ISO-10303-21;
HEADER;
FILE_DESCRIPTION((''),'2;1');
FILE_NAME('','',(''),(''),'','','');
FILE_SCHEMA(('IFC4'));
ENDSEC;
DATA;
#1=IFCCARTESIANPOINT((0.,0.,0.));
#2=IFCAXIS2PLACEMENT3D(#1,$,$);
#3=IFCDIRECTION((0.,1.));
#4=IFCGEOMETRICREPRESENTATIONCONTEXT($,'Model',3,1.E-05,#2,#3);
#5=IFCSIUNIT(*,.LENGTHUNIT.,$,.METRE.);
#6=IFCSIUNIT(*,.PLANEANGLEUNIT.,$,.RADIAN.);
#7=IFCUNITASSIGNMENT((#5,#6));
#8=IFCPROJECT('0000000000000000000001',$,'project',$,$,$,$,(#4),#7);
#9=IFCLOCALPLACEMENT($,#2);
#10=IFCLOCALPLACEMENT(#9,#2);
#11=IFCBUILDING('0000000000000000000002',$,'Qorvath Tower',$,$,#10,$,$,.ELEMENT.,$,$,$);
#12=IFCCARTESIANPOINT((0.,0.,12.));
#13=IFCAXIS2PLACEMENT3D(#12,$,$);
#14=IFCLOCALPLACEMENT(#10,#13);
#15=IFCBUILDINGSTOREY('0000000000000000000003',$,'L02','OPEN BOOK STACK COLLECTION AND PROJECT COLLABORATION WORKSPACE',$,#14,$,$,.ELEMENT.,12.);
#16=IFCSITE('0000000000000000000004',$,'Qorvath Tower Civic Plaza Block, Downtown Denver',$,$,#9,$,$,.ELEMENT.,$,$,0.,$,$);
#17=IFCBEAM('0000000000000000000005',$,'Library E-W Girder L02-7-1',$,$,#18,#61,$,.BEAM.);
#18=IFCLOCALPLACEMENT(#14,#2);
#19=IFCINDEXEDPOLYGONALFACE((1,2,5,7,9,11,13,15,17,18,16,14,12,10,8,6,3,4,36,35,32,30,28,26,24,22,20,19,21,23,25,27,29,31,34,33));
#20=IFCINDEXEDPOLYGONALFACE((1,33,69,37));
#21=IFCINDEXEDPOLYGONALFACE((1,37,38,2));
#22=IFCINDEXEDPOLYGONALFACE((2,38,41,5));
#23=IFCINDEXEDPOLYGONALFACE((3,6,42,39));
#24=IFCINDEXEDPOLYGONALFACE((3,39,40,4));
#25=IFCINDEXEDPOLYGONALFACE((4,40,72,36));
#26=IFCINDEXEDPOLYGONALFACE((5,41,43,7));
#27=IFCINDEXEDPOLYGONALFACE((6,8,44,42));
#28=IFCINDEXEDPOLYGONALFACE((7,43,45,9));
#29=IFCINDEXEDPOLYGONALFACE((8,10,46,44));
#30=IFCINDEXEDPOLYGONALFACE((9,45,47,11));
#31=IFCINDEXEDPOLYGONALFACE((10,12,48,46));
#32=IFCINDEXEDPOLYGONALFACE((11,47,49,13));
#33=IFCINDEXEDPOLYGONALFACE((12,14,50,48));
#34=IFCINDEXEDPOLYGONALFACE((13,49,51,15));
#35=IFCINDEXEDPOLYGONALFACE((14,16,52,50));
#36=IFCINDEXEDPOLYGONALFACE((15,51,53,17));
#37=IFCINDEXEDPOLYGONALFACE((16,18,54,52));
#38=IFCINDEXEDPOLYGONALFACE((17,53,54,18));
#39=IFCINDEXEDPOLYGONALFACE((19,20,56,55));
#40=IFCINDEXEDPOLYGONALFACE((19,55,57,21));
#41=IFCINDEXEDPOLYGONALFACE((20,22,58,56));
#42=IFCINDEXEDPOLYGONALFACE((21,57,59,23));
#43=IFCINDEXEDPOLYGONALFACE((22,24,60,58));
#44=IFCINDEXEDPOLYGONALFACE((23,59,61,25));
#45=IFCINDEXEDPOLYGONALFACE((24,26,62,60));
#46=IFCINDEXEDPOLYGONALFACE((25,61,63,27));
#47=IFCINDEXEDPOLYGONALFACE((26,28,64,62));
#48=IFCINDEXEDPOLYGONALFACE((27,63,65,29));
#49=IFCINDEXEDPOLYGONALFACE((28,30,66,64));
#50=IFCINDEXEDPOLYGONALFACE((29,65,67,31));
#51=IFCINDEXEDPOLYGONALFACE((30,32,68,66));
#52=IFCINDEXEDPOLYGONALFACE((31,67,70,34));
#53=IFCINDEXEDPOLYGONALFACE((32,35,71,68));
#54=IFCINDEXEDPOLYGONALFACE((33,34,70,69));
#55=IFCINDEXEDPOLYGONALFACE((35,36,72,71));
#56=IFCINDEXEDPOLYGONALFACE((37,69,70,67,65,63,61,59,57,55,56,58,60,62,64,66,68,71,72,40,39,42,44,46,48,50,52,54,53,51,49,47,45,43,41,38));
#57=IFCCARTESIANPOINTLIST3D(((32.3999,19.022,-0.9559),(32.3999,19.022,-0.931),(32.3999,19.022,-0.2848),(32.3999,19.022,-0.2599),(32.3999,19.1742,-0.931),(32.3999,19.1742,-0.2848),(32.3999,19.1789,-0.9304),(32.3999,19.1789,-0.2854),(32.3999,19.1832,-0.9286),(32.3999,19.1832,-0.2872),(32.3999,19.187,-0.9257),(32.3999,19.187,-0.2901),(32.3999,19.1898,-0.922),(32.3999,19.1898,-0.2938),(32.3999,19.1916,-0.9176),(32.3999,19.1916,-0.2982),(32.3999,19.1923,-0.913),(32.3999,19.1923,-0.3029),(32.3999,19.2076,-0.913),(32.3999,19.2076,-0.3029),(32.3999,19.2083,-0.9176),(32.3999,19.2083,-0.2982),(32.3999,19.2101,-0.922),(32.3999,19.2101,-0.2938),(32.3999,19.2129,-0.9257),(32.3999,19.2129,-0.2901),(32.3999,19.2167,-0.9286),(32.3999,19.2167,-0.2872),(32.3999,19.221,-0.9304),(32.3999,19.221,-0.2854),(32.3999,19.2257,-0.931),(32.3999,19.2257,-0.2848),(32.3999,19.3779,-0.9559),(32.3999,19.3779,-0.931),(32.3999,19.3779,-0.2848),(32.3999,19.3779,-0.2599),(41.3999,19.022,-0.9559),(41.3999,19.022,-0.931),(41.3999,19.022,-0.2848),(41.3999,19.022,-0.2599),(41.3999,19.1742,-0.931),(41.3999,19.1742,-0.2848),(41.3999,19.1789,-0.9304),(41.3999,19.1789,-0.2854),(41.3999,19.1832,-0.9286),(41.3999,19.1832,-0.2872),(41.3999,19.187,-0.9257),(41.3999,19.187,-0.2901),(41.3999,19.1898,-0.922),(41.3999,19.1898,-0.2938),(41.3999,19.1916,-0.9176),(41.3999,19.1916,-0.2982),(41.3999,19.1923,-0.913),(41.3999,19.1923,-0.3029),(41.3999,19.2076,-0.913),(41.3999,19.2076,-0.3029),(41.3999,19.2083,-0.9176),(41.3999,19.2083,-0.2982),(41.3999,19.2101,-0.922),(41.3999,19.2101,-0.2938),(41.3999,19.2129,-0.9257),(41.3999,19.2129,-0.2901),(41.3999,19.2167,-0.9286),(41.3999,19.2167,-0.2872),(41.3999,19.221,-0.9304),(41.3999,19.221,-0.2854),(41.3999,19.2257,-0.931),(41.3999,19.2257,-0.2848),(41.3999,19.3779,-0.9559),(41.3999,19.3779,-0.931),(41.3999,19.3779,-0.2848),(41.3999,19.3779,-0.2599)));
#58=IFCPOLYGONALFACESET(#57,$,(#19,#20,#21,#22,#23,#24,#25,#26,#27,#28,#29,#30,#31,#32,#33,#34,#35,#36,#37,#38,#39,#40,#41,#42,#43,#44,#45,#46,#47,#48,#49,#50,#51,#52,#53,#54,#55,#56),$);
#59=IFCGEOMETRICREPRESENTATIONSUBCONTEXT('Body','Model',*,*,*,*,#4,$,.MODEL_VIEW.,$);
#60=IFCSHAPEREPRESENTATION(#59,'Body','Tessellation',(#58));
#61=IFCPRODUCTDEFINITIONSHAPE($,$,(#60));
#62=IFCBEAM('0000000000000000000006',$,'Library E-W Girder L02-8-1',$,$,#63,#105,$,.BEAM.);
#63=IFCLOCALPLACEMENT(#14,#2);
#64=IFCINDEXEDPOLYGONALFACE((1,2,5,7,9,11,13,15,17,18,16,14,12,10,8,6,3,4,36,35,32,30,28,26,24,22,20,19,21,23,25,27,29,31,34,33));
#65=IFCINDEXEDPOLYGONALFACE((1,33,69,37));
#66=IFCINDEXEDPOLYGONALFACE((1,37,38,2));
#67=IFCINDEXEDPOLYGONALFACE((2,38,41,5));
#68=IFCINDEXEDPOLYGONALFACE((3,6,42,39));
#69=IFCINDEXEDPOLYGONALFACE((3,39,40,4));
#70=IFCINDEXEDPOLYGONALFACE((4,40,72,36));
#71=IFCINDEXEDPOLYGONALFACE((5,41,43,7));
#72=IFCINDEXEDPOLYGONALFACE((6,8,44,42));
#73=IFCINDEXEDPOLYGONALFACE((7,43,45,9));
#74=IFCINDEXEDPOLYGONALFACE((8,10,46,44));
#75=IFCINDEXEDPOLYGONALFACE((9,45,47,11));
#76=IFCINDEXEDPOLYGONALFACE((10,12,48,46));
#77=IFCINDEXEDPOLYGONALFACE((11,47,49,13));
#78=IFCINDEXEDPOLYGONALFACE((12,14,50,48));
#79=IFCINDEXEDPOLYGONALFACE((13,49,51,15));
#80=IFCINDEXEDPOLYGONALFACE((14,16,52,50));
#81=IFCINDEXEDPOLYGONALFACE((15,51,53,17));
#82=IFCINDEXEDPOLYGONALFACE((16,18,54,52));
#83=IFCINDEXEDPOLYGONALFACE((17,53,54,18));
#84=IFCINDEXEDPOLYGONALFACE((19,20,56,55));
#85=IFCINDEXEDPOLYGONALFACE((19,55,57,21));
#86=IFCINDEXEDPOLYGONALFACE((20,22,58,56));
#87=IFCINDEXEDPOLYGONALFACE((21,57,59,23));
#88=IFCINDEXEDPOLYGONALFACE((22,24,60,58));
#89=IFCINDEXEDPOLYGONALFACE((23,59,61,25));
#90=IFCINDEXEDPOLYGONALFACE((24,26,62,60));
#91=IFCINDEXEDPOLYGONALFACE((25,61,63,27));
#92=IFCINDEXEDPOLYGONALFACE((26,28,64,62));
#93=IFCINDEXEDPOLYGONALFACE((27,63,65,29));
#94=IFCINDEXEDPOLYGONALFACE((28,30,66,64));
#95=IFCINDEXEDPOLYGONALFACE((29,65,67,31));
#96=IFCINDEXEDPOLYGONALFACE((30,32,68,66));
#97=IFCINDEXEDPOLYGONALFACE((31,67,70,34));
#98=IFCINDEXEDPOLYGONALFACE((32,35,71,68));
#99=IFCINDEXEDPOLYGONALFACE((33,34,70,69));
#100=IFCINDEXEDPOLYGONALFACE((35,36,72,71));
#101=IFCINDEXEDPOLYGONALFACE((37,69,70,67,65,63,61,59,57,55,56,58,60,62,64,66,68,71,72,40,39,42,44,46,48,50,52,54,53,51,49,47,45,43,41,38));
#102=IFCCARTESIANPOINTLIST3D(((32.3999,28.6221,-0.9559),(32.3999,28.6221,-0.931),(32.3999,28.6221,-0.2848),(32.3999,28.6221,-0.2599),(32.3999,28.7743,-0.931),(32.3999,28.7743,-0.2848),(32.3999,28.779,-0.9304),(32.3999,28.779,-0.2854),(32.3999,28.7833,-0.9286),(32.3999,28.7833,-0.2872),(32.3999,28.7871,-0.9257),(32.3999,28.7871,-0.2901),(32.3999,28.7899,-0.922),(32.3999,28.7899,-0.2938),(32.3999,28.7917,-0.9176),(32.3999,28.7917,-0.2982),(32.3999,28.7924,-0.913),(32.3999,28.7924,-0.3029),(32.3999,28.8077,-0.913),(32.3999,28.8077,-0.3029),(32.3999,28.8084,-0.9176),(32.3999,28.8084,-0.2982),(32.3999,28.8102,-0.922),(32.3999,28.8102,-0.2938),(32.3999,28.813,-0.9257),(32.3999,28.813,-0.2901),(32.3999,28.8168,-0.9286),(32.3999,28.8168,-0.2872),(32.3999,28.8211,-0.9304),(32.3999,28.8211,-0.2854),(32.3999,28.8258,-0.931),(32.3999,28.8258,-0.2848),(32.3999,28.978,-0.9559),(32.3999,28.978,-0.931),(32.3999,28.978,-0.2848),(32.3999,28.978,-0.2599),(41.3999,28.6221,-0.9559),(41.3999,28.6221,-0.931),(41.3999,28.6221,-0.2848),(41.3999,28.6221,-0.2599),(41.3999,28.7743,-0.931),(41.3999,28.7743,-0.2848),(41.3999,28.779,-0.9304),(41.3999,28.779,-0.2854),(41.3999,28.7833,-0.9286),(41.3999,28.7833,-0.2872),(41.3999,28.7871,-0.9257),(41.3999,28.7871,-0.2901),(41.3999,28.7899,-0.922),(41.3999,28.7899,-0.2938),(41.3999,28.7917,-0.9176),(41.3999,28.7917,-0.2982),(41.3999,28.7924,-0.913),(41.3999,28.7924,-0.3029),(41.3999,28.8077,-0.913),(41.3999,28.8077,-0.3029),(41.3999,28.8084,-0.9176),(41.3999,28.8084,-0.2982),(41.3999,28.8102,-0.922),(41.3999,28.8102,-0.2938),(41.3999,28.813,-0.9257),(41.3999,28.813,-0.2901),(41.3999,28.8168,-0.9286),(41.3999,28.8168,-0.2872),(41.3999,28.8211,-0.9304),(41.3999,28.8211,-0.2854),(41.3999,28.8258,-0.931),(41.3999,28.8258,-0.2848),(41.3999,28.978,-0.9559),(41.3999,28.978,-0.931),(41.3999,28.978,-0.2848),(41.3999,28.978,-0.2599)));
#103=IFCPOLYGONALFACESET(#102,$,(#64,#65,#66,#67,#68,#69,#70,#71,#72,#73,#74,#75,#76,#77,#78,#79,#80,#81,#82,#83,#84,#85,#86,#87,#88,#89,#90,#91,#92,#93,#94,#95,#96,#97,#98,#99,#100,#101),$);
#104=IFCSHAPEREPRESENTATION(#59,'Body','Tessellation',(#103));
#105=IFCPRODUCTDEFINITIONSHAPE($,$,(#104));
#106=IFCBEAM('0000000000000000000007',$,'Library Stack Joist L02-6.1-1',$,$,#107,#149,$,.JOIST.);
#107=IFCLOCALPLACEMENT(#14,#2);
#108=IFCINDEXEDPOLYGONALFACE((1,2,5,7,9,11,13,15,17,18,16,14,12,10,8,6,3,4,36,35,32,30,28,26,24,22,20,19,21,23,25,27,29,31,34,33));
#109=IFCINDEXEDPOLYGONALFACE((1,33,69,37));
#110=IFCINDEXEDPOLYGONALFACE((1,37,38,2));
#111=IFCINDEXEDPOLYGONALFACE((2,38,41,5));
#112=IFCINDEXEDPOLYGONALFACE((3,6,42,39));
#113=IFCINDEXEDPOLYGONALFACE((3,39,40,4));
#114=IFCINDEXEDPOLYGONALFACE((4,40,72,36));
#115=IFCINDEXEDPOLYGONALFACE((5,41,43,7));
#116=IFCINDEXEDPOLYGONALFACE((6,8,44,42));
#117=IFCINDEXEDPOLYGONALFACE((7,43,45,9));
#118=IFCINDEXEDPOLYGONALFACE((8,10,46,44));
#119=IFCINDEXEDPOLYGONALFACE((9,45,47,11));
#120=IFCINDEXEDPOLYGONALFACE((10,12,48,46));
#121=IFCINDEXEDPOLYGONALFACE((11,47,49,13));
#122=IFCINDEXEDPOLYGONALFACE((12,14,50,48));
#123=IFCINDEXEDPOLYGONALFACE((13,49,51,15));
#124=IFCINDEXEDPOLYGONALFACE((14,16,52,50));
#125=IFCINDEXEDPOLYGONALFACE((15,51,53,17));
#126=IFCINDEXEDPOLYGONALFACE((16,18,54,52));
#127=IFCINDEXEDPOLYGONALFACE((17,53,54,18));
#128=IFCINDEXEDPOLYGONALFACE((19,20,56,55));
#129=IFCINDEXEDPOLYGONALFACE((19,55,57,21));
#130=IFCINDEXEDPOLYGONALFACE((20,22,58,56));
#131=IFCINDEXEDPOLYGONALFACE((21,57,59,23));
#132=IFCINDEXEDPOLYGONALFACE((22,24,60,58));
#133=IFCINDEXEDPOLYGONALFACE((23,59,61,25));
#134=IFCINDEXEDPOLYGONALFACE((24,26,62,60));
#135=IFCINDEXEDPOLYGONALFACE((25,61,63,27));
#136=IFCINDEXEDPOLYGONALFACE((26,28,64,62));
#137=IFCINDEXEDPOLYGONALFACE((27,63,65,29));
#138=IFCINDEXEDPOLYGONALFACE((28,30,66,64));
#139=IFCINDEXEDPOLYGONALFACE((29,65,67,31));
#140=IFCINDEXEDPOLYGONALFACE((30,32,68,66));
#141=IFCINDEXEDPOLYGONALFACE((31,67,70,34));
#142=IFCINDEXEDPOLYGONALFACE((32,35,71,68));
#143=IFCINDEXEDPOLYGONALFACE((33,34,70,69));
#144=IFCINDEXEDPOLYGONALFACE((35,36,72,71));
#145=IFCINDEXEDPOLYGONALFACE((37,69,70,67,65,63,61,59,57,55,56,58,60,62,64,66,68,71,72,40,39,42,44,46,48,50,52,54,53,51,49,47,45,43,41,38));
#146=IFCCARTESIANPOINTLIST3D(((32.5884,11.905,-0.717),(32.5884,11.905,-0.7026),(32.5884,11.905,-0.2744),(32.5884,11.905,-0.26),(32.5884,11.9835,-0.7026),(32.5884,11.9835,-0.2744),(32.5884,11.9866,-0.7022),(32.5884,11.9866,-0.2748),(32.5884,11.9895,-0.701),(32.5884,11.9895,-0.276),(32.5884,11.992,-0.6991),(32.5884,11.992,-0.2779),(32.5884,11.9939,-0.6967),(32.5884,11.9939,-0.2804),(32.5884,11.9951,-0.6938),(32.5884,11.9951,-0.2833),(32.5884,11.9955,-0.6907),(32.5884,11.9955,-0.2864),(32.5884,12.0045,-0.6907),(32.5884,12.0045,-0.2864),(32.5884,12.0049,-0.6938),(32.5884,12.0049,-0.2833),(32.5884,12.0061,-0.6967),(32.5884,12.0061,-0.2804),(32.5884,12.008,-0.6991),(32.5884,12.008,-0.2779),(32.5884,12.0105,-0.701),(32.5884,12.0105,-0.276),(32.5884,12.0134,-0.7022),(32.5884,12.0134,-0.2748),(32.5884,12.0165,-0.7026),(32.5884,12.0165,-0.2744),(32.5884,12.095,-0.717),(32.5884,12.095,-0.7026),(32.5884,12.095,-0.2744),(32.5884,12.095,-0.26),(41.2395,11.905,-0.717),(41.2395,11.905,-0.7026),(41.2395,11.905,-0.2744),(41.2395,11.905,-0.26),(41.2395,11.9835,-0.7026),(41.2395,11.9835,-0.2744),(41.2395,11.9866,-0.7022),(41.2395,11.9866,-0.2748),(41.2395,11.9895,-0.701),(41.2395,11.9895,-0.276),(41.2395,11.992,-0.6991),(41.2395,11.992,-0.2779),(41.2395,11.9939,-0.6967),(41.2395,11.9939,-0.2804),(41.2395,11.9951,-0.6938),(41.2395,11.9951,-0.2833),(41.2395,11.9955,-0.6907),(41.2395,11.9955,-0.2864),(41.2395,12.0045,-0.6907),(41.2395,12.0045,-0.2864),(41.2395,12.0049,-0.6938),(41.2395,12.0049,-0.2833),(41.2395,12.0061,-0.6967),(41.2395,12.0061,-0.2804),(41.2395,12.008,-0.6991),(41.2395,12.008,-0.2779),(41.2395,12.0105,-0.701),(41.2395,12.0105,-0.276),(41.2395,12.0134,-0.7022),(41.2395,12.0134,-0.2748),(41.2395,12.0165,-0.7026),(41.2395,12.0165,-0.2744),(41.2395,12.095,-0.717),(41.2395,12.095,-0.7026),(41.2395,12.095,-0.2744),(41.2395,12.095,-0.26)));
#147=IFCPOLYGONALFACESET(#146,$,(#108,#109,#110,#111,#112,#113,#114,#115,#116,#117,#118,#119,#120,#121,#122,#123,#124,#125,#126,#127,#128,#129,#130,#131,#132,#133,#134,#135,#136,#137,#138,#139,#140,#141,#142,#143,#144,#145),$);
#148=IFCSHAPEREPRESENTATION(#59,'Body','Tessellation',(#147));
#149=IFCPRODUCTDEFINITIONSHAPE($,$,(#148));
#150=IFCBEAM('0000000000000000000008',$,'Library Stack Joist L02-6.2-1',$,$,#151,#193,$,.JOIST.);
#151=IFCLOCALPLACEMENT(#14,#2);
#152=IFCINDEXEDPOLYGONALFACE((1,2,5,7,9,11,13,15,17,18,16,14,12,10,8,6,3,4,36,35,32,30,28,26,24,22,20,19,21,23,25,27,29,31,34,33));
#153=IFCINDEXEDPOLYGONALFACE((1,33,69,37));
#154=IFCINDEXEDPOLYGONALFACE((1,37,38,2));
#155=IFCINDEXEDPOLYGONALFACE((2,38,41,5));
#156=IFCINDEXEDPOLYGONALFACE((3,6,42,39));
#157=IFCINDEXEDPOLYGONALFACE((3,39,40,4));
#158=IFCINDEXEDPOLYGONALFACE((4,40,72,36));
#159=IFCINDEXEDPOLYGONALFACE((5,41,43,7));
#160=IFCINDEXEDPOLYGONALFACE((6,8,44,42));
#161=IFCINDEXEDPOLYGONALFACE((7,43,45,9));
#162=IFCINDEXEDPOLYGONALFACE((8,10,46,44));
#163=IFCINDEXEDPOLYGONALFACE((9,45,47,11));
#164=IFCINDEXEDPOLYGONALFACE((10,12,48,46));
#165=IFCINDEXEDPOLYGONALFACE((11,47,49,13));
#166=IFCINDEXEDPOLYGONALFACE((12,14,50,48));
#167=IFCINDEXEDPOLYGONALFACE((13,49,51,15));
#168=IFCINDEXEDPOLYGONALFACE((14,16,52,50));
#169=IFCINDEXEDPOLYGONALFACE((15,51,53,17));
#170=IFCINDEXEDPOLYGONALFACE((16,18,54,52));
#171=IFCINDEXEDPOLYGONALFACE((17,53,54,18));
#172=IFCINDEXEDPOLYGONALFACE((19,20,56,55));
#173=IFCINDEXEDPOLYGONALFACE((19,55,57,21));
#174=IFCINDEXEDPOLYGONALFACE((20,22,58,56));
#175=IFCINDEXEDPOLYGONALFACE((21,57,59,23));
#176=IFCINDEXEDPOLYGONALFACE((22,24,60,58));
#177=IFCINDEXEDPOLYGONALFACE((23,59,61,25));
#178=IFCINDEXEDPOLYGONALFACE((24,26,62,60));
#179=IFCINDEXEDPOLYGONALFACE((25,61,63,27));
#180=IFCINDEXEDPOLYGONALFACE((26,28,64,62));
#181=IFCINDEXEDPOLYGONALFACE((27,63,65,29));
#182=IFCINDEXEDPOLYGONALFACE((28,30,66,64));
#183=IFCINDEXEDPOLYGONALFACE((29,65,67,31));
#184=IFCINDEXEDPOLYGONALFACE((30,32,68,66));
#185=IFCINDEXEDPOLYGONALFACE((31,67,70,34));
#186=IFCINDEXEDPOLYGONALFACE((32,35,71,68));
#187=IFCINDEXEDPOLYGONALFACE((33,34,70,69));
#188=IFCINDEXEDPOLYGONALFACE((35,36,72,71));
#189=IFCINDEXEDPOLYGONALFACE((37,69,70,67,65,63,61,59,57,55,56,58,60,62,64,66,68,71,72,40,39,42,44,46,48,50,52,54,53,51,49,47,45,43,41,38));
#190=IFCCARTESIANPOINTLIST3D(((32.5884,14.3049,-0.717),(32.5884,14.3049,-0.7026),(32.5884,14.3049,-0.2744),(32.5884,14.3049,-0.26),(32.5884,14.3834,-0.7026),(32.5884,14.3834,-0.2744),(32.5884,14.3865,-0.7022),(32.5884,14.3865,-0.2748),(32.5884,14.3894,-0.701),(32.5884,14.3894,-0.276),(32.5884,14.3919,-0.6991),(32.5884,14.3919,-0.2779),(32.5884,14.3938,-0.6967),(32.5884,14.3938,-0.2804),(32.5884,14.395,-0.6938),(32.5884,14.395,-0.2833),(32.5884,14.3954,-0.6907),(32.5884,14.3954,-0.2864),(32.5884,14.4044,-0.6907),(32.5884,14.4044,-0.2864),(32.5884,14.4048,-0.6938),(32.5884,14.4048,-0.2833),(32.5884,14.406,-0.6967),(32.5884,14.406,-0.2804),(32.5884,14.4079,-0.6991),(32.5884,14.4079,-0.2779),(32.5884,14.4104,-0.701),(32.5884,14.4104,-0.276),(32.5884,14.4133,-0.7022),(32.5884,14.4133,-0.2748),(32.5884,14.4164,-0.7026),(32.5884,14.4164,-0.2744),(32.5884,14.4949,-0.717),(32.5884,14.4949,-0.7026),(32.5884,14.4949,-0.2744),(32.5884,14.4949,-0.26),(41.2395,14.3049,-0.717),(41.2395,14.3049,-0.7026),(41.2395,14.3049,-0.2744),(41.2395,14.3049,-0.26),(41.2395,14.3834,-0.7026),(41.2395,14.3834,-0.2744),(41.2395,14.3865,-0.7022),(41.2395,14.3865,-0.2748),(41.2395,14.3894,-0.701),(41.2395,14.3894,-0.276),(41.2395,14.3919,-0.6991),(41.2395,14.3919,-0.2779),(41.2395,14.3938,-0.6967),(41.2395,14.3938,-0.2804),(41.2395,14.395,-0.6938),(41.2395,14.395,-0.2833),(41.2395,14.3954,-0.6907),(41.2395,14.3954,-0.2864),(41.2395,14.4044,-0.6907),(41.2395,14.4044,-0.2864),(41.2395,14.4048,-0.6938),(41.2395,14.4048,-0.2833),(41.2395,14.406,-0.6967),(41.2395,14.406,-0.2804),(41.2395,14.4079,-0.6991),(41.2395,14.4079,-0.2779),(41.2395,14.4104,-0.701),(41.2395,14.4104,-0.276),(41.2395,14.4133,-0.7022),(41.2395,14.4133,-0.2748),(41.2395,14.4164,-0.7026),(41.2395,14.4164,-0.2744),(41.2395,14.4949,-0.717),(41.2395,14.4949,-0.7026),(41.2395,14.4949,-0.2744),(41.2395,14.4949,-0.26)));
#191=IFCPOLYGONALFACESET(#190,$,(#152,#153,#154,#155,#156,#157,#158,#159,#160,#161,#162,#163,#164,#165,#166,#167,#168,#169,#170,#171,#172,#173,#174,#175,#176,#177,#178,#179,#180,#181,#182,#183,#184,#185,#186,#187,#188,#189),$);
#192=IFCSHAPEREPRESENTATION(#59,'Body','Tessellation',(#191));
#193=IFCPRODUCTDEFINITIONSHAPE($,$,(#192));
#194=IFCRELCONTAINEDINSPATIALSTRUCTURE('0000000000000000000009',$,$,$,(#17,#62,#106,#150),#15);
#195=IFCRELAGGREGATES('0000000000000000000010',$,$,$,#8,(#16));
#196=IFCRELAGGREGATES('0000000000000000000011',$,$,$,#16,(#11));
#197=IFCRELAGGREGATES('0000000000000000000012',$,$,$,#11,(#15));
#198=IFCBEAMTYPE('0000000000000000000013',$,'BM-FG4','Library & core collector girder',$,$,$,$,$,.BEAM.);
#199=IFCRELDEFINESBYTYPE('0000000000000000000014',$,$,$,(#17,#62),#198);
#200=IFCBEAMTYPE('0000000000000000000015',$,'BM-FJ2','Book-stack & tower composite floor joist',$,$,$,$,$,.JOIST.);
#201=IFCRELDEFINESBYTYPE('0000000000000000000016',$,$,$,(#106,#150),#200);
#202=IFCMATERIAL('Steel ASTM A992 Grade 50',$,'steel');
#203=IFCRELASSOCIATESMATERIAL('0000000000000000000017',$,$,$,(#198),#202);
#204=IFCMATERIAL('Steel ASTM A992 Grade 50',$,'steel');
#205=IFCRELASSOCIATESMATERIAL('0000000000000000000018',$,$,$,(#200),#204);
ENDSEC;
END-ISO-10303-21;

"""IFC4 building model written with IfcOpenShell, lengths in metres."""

from ifc_helpers import new_model, si_unit, direction, frame, origin, origin_2d, place, context, subcontext, project, spatial, i_section, extrude, material, material_profile, profile_set, type_object, element, save


model = new_model("IFC4")

# Units and contexts
model_context = context("Model", 3, precision=1e-05, world=origin(), true_north=direction((0.0, 1.0)))
body_context = subcontext(model_context, "Body", "Model", "MODEL_VIEW")
ifc_project = project(units=[si_unit("LENGTHUNIT", "METRE"), si_unit("PLANEANGLEUNIT", "RADIAN")], contexts=[model_context])

# Site, building, storey
site_placement = place(None, origin())
site = spatial("IfcSite", under=ifc_project, at=site_placement, Name="Qorvath Tower Civic Plaza Block, Downtown Denver", CompositionType="ELEMENT", RefElevation=0.0)
building_placement = place(site_placement, origin())
building = spatial("IfcBuilding", under=site, at=building_placement, Name="Qorvath Tower", CompositionType="ELEMENT")
storey_placement = place(building_placement, frame((0.0, 0.0, 12.0)))
storey = spatial("IfcBuildingStorey", under=building, at=storey_placement, Name="L02", Description="OPEN BOOK STACK COLLECTION AND PROJECT COLLABORATION WORKSPACE", CompositionType="ELEMENT", Elevation=12.0)

# Beams
ifc_material_1 = material(Name="Steel ASTM A992 Grade 50", Category="steel")
ifc_material_profile_1 = material_profile(ifc_material_1, i_section(OverallWidth=0.356, OverallDepth=0.696, WebThickness=0.0154, FlangeThickness=0.0249, FilletRadius=0.0181, at=origin_2d()), Name="W27x146")
ifc_profile_set_1 = profile_set([ifc_material_profile_1], Name="Steel ASTM A992 Grade 50")
beam_type_1 = type_object("IfcBeamType", Name="BM-FG4", Description="Library & core collector girder", PredefinedType="BEAM", material=ifc_profile_set_1)
for number, where, z_axis, x_axis, name in (
    (1, (32.3999, 19.2, -0.6079), (1.0, 0.0, 0.0), (0.0, 1.0, 0.0), "Library E-W Girder L02-7-1"),
    (2, (32.3999, 28.8, -0.6079), (1.0, 0.0, 0.0), (0.0, 1.0, 0.0), "Library E-W Girder L02-8-1"),
):
    element("IfcBeam", number, at=place(storey_placement, frame(where, z_axis=z_axis, x_axis=x_axis)), inside=storey, type_object=beam_type_1, Name=name, PredefinedType="BEAM", context=body_context, shape_type="SweptSolid", body=[
        extrude(i_section(OverallWidth=0.356, OverallDepth=0.696, WebThickness=0.0154, FlangeThickness=0.0249, FilletRadius=0.0181, at=origin_2d()), origin(), (0.0, 0.0, 1.0), 9.0),
    ])
ifc_material_2 = material(Name="Steel ASTM A992 Grade 50", Category="steel")
ifc_material_profile_2 = material_profile(ifc_material_2, i_section(OverallWidth=0.1899, OverallDepth=0.457, WebThickness=0.009, FlangeThickness=0.0144, FilletRadius=0.012, at=origin_2d()), Name="W18x50")
ifc_profile_set_2 = profile_set([ifc_material_profile_2], Name="Steel ASTM A992 Grade 50")
beam_type_2 = type_object("IfcBeamType", Name="BM-FJ2", Description="Book-stack & tower composite floor joist", PredefinedType="JOIST", material=ifc_profile_set_2)
for number, where, z_axis, x_axis, name in (
    (3, (32.5884, 12.0, -0.4885), (1.0, 0.0, 0.0), (0.0, 1.0, 0.0), "Library Stack Joist L02-6.1-1"),
    (4, (32.5884, 14.3999, -0.4885), (1.0, 0.0, 0.0), (0.0, 1.0, 0.0), "Library Stack Joist L02-6.2-1"),
):
    element("IfcBeam", number, at=place(storey_placement, frame(where, z_axis=z_axis, x_axis=x_axis)), inside=storey, type_object=beam_type_2, Name=name, PredefinedType="JOIST", context=body_context, shape_type="SweptSolid", body=[
        extrude(i_section(OverallWidth=0.1899, OverallDepth=0.457, WebThickness=0.009, FlangeThickness=0.0144, FilletRadius=0.012, at=origin_2d()), origin(), (0.0, 0.0, 1.0), 8.6511),
    ])

save(model, "model.ifc")
